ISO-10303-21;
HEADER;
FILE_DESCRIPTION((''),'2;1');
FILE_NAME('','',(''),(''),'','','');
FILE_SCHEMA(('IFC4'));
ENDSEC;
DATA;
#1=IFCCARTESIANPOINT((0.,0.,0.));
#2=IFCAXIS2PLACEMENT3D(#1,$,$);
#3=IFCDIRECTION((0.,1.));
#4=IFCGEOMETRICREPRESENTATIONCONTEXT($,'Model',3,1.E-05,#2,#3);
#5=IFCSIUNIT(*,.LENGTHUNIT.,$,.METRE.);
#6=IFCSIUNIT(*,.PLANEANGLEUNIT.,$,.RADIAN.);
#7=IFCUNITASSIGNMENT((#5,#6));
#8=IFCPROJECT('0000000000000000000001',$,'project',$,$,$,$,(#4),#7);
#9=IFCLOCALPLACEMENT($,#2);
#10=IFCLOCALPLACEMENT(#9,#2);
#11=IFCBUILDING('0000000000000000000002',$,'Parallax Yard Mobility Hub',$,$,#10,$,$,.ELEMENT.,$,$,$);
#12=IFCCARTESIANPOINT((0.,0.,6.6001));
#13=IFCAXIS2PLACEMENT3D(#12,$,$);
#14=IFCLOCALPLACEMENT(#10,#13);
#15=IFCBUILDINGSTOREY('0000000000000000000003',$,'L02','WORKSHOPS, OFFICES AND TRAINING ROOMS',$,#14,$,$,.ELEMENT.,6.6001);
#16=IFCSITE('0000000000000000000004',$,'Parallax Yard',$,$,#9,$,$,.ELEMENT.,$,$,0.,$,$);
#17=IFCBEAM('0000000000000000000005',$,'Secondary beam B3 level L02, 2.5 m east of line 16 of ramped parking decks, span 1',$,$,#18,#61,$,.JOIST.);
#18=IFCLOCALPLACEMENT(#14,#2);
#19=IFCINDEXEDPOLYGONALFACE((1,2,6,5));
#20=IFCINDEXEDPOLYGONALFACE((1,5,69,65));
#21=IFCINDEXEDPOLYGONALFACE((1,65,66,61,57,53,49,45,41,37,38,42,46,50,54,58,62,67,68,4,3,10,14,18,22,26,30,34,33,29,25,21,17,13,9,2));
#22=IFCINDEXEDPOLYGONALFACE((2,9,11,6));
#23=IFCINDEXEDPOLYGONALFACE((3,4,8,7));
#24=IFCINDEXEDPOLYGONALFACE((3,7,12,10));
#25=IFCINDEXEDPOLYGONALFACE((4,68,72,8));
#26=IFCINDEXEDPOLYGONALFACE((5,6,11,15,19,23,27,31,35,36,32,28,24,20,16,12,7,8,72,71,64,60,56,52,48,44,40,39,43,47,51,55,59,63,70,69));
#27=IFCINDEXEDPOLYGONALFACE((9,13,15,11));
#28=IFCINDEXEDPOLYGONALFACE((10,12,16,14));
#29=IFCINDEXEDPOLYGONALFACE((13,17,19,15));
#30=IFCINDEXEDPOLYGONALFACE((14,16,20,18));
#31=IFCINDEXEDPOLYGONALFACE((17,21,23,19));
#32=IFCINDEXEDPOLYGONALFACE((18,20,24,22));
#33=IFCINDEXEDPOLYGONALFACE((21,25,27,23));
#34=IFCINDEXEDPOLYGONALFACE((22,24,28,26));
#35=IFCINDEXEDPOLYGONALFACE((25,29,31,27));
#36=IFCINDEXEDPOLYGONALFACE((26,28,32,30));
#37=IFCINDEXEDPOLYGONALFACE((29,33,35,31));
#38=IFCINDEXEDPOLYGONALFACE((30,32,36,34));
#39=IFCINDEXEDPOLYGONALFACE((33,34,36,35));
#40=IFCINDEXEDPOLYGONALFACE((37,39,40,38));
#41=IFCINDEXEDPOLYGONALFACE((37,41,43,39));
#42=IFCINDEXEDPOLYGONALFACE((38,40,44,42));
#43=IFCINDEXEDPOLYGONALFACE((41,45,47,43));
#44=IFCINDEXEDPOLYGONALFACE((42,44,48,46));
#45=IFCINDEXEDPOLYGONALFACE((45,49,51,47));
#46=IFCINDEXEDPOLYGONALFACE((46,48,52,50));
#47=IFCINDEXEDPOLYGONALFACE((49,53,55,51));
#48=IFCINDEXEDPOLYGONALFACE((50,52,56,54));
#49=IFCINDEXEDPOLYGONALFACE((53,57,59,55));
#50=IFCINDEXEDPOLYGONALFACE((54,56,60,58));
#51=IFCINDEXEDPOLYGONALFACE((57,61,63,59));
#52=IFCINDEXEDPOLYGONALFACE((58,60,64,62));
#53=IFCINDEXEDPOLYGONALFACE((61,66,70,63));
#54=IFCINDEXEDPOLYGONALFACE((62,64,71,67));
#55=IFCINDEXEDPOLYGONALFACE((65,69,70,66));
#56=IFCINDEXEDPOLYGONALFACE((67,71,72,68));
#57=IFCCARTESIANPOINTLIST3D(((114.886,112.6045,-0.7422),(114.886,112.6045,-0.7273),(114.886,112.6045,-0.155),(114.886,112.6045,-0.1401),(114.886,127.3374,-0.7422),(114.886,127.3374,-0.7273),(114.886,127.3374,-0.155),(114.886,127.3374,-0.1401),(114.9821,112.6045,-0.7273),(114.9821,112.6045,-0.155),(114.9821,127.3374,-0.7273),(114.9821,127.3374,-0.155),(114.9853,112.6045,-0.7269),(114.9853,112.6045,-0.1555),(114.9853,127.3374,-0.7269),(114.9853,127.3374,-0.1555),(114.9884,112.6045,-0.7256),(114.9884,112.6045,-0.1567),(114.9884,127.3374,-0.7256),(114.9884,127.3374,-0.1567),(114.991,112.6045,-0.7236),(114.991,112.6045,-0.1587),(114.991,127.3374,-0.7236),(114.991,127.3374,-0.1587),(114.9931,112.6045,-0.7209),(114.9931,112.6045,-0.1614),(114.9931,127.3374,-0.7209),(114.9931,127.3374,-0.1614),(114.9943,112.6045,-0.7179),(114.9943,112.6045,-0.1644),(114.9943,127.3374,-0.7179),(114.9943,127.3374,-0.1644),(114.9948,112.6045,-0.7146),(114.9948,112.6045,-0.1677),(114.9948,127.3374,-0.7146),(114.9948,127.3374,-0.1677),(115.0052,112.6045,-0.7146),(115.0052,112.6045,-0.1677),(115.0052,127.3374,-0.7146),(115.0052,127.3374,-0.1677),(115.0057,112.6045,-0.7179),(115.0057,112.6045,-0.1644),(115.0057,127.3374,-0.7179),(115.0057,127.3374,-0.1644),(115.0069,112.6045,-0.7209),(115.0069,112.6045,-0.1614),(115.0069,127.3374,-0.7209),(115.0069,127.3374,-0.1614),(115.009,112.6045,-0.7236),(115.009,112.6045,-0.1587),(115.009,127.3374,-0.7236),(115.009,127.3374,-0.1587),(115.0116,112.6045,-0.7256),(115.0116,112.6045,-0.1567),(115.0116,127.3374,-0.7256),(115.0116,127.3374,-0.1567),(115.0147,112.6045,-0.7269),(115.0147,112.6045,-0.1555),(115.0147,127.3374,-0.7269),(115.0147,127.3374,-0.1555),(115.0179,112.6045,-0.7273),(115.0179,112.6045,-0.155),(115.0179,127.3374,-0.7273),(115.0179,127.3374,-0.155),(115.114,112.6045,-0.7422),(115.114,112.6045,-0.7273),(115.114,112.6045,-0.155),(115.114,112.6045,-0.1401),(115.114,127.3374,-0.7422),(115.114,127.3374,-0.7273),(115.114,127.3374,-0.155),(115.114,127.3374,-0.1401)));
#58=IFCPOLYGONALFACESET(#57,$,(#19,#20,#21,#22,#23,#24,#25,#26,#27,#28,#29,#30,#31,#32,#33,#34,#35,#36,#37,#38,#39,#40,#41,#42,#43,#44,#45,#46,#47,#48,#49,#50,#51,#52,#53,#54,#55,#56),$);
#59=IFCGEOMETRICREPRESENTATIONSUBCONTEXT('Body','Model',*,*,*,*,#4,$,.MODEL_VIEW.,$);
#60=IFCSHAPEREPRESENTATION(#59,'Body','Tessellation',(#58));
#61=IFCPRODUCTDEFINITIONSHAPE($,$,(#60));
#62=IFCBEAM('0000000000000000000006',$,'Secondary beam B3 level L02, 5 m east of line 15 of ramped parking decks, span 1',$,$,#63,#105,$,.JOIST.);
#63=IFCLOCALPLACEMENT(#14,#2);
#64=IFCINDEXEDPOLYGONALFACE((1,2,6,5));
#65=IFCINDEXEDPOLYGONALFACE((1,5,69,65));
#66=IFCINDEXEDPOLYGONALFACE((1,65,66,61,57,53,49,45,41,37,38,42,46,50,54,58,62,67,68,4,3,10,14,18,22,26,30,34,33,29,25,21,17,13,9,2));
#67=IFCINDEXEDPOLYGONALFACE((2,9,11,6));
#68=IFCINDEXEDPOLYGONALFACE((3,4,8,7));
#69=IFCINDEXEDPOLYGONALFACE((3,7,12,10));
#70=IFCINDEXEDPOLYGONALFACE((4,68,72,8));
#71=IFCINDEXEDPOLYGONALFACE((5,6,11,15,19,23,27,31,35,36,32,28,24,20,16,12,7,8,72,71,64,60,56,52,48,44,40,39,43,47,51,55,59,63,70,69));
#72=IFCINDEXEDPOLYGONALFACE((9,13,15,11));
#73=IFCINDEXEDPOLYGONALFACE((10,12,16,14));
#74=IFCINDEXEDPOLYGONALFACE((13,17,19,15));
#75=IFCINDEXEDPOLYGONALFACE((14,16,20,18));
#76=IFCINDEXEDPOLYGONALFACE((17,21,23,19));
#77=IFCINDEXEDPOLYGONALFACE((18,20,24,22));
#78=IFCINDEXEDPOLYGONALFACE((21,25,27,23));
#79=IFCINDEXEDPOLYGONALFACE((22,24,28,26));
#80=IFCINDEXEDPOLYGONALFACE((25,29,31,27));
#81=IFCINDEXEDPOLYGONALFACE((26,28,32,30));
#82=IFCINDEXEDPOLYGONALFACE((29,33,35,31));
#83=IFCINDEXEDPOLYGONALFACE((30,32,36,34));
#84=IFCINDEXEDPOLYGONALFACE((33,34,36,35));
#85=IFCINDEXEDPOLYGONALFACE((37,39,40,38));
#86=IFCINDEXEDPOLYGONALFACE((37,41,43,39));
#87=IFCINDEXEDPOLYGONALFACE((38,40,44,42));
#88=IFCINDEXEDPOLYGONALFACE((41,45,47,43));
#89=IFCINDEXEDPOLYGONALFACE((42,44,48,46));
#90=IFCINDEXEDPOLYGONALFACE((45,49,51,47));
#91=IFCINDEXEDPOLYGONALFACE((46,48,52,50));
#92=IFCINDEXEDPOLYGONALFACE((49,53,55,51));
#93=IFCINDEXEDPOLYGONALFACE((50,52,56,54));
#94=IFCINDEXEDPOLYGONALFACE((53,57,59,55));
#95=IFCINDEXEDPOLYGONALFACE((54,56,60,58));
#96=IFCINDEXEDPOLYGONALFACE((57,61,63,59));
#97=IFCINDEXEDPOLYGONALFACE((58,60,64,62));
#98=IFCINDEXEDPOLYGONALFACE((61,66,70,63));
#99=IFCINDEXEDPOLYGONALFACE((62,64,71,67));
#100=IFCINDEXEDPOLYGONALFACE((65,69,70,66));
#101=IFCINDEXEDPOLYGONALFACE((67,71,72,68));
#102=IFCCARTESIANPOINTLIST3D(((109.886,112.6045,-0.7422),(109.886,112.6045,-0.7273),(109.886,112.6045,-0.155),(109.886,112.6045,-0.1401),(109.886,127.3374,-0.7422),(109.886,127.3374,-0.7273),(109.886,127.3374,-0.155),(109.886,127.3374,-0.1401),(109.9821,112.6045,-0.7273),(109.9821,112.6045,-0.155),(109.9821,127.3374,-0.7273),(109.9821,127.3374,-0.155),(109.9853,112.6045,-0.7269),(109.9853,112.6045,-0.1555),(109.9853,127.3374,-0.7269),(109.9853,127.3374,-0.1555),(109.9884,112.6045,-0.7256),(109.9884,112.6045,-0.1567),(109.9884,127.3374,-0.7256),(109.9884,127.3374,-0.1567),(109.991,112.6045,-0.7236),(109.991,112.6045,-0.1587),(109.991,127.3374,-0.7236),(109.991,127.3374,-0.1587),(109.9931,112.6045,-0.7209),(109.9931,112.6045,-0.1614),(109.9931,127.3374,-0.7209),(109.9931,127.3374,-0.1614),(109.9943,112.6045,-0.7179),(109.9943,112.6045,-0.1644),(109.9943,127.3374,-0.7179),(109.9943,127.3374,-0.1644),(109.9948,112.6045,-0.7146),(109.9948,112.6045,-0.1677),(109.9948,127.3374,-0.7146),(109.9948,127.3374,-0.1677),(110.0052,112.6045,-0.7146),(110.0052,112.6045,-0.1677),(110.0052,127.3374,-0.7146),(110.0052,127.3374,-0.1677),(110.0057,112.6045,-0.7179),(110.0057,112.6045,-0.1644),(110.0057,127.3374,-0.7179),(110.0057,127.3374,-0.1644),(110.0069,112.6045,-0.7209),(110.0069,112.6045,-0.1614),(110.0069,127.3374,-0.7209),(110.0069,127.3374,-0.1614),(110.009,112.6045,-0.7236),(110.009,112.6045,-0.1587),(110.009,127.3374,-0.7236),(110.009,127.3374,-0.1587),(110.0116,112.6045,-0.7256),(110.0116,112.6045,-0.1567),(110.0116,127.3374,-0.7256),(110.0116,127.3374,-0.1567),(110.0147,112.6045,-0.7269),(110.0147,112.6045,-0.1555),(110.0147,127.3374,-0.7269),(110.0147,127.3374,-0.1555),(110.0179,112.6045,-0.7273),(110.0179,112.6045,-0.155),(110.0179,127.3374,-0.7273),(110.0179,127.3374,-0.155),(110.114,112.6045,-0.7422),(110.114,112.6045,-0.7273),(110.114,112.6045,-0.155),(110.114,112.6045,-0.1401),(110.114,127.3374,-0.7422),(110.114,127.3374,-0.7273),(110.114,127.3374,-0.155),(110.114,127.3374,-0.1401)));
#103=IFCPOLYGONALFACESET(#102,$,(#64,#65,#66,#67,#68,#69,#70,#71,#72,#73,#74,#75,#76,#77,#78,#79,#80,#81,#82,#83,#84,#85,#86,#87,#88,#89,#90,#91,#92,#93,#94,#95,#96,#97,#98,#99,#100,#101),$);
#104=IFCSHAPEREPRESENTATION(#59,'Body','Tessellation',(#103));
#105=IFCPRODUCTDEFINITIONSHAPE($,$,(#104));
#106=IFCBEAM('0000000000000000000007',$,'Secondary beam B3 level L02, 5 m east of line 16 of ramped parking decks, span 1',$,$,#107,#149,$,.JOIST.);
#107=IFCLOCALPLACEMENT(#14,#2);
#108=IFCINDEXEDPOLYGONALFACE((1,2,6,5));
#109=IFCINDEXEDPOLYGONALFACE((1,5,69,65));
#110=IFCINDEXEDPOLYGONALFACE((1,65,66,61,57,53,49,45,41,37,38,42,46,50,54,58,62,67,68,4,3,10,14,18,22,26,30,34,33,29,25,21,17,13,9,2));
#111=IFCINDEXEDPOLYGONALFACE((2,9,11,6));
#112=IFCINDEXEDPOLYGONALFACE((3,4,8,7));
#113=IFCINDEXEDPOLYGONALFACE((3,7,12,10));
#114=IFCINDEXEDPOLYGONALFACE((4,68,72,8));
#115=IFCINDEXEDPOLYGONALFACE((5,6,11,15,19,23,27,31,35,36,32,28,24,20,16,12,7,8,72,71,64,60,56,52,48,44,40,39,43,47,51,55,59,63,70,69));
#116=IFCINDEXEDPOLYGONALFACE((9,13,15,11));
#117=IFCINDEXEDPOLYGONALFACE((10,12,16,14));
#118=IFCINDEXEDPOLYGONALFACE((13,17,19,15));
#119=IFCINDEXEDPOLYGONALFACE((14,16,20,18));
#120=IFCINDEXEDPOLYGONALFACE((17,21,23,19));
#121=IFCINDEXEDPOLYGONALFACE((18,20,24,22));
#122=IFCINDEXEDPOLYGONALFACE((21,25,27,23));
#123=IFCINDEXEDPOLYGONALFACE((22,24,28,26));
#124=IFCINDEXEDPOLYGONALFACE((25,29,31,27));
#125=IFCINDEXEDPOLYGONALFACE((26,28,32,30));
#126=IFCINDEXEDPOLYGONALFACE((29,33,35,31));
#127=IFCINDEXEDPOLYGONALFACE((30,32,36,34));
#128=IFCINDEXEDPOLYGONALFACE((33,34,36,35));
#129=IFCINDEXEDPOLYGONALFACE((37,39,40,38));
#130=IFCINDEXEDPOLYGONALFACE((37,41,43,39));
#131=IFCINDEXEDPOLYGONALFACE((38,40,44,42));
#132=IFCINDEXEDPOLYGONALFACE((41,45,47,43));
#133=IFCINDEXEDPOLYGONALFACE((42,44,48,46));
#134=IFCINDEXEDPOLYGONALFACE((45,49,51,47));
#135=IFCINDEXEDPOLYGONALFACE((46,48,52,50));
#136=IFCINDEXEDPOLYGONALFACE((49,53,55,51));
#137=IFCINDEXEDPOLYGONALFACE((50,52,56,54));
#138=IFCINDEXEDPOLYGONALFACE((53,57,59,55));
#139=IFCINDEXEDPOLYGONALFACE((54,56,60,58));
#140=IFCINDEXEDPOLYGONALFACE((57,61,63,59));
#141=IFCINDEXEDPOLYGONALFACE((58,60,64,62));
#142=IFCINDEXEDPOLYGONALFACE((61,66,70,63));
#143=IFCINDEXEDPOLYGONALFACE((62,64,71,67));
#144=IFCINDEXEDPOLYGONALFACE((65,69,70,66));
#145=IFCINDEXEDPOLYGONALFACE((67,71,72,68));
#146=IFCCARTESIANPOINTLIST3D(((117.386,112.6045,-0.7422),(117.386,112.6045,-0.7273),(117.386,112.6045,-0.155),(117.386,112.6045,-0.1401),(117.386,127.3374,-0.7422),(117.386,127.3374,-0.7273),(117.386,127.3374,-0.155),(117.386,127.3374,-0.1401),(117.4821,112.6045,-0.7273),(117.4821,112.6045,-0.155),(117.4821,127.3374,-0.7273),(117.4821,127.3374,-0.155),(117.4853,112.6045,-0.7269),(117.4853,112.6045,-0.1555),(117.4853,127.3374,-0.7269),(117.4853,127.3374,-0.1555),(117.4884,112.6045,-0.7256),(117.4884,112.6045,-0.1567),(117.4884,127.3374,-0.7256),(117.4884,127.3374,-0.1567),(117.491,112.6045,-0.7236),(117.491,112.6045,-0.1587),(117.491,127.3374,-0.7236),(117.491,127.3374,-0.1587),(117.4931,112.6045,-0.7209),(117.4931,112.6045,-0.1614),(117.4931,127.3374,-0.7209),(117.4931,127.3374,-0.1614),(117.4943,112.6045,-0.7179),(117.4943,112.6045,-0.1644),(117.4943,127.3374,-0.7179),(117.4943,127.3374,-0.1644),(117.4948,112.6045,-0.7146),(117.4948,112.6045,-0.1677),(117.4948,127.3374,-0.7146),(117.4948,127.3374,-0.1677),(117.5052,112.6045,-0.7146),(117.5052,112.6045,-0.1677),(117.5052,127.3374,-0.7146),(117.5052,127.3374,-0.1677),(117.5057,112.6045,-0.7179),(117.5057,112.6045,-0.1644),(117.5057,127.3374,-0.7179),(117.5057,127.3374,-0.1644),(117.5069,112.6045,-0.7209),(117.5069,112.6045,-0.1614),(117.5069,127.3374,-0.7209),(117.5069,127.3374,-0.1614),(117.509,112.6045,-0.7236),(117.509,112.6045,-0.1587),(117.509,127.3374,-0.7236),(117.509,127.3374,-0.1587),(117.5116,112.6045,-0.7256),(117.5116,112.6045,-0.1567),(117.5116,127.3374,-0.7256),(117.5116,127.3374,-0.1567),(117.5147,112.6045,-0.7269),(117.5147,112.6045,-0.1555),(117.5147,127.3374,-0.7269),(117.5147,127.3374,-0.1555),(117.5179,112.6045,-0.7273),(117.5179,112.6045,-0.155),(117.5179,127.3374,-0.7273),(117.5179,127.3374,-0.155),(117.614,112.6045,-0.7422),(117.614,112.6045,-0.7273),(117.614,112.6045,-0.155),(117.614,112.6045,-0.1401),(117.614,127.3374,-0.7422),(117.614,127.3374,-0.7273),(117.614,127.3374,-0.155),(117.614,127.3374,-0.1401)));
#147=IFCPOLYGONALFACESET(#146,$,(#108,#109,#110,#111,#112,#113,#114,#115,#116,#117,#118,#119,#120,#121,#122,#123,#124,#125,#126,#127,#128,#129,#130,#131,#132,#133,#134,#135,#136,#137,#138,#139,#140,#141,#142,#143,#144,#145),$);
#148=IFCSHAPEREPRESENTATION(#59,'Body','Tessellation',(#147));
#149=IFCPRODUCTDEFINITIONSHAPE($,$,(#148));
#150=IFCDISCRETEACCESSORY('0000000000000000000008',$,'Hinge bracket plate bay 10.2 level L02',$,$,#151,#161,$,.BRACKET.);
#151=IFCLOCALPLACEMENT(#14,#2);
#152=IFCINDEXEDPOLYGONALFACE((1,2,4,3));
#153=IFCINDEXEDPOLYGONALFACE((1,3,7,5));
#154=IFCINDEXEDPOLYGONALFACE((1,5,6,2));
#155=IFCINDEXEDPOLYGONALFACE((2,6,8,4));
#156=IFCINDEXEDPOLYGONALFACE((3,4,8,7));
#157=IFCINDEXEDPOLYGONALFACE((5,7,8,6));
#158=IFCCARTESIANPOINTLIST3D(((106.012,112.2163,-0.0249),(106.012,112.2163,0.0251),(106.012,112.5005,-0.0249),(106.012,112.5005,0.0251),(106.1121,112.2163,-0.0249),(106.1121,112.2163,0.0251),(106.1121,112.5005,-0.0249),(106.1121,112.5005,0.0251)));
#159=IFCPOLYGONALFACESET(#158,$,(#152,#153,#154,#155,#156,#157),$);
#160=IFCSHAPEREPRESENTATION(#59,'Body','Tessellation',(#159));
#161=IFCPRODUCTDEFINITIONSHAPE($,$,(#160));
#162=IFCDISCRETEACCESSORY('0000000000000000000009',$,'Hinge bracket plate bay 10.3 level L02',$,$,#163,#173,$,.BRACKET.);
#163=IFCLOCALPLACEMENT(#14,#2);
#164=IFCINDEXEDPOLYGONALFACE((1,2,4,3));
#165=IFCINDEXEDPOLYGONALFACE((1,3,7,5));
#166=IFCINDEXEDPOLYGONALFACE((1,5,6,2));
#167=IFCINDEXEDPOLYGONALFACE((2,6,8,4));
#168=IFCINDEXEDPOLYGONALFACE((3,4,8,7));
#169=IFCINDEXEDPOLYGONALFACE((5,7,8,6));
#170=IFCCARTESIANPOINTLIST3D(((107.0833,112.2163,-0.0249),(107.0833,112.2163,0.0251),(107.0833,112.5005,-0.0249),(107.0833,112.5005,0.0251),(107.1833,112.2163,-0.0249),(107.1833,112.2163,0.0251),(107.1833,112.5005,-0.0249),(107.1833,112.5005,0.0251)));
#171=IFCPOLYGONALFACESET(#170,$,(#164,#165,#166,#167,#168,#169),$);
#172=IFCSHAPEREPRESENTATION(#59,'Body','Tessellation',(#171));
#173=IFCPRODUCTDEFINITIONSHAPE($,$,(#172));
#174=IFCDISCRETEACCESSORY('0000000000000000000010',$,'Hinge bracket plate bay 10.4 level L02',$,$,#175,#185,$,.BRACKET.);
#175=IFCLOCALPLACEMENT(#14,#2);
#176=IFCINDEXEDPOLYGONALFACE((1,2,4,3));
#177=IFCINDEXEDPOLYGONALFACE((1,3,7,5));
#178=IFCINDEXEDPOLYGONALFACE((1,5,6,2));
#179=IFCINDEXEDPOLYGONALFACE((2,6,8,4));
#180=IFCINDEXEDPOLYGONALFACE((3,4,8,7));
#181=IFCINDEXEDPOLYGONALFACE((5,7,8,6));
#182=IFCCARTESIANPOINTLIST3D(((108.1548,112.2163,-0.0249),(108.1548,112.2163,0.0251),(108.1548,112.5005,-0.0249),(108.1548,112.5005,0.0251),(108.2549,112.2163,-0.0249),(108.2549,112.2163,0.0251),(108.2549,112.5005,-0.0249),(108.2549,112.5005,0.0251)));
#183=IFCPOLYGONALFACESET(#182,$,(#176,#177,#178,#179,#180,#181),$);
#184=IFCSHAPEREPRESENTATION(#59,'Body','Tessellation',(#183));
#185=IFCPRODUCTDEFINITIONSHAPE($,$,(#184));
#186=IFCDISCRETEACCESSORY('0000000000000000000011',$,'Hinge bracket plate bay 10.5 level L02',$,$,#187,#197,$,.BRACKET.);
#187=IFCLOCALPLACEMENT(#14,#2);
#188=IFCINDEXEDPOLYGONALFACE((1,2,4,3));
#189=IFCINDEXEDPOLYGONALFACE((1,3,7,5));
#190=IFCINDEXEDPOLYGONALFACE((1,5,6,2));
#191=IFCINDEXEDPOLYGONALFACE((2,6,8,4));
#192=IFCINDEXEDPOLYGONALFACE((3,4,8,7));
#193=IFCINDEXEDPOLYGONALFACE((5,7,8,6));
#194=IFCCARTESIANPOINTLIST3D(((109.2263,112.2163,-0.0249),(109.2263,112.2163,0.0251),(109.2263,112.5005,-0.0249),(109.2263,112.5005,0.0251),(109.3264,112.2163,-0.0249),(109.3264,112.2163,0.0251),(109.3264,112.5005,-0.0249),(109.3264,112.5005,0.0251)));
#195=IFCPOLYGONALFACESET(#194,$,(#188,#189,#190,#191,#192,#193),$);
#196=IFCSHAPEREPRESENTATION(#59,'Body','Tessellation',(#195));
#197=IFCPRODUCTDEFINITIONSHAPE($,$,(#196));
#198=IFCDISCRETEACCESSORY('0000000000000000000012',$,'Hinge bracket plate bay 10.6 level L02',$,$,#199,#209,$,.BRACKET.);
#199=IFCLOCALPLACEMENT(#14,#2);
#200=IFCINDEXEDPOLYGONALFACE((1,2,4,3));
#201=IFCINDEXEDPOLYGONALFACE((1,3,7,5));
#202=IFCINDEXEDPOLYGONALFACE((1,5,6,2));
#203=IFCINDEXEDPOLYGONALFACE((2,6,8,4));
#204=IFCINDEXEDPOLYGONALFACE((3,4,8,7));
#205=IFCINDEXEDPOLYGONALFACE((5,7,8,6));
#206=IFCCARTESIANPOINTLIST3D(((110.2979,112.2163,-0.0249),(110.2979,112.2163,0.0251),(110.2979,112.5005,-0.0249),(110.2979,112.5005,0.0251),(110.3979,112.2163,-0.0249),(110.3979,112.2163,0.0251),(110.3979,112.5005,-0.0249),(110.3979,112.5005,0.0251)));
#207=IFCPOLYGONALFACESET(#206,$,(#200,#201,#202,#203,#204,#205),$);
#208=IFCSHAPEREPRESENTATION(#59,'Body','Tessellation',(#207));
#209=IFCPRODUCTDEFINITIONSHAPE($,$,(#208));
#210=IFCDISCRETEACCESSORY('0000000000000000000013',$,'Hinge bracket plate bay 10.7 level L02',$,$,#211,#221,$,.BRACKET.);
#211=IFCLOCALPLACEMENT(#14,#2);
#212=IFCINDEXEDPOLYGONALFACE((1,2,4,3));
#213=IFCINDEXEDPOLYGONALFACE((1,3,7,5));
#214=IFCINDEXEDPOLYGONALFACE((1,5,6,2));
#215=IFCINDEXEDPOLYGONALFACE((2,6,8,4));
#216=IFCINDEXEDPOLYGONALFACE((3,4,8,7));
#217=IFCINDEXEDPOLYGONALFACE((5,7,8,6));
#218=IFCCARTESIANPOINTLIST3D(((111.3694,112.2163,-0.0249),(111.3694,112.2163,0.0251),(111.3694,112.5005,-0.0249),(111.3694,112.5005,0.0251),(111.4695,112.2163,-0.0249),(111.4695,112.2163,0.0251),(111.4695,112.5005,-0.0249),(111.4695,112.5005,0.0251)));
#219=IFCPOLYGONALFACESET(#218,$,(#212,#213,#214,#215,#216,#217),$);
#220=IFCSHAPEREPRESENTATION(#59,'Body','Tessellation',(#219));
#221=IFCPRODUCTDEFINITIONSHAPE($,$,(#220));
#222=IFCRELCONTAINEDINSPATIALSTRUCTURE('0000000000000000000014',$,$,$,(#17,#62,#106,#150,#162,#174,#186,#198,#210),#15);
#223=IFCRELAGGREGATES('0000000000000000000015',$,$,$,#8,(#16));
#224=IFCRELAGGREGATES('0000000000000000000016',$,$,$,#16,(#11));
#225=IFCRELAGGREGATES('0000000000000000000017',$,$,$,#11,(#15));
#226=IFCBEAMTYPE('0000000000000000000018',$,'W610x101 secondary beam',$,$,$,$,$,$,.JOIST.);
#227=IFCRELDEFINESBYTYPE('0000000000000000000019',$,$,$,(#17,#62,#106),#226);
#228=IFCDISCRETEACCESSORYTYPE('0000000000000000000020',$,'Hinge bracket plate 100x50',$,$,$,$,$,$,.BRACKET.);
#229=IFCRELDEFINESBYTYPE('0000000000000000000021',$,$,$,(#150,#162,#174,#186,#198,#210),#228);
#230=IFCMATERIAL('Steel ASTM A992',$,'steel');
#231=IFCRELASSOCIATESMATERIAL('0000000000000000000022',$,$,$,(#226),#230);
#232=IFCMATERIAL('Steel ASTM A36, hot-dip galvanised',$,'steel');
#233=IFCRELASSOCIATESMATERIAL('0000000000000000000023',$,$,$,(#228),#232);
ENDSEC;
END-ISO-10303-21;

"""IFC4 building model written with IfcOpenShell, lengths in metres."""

from ifc_helpers import new_model, si_unit, direction, frame, origin, origin_2d, place, context, subcontext, project, spatial, rectangle, i_section, extrude, material, material_profile, profile_set, type_object, element, save


model = new_model("IFC4")

# Units and contexts
model_context = context("Model", 3, precision=1e-05, world=origin(), true_north=direction((0.0, 1.0)))
body_context = subcontext(model_context, "Body", "Model", "MODEL_VIEW")
ifc_project = project(units=[si_unit("LENGTHUNIT", "METRE"), si_unit("PLANEANGLEUNIT", "RADIAN")], contexts=[model_context])

# Site, building, storey
site_placement = place(None, origin())
site = spatial("IfcSite", under=ifc_project, at=site_placement, Name="Parallax Yard", CompositionType="ELEMENT", RefElevation=0.0)
building_placement = place(site_placement, origin())
building = spatial("IfcBuilding", under=site, at=building_placement, Name="Parallax Yard Mobility Hub", CompositionType="ELEMENT")
storey_placement = place(building_placement, frame((0.0, 0.0, 6.6001)))
storey = spatial("IfcBuildingStorey", under=building, at=storey_placement, Name="L02", Description="WORKSHOPS, OFFICES AND TRAINING ROOMS", CompositionType="ELEMENT", Elevation=6.6001)

# Shared definitions
ifc_material_1 = material(Name="Steel ASTM A992", Category="steel")

# Beams
ifc_material_profile_1 = material_profile(ifc_material_1, i_section(OverallWidth=0.228, OverallDepth=0.6021, WebThickness=0.0105, FlangeThickness=0.0149, FilletRadius=0.0127, at=origin_2d()), Name="W610x101")
ifc_profile_set_1 = profile_set([ifc_material_profile_1], Name="Steel ASTM A992")
beam_type_1 = type_object("IfcBeamType", Name="W610x101 secondary beam", PredefinedType="JOIST", material=ifc_profile_set_1)
for number, where, z_axis, x_axis, name in (
    (1, (115.0, 112.6045, -0.4412), (0.0, 1.0, 0.0), (-1.0, 0.0, 0.0), "Secondary beam B3 level L02, 2.5 m east of line 16 of ramped parking decks, span 1"),
    (2, (110.0, 112.6045, -0.4412), (0.0, 1.0, 0.0), (-1.0, 0.0, 0.0), "Secondary beam B3 level L02, 5 m east of line 15 of ramped parking decks, span 1"),
    (3, (117.5, 112.6045, -0.4412), (0.0, 1.0, 0.0), (-1.0, 0.0, 0.0), "Secondary beam B3 level L02, 5 m east of line 16 of ramped parking decks, span 1"),
):
    element("IfcBeam", number, at=place(storey_placement, frame(where, z_axis=z_axis, x_axis=x_axis)), inside=storey, type_object=beam_type_1, Name=name, PredefinedType="JOIST", context=body_context, shape_type="SweptSolid", body=[
        extrude(i_section(OverallWidth=0.228, OverallDepth=0.6021, WebThickness=0.0105, FlangeThickness=0.0149, FilletRadius=0.0127, at=origin_2d()), origin(), (0.0, 0.0, 1.0), 14.7329),
    ])

# Discrete accessories
ifc_material_2 = material(Name="Steel ASTM A36, hot-dip galvanised", Category="steel")
discrete_accessory_type_1 = type_object("IfcDiscreteAccessoryType", Name="Hinge bracket plate 100x50", PredefinedType="BRACKET", material=ifc_material_2)
for number, where, z_axis, x_axis, name in (
    (4, (106.062, 112.3584, -0.0249), (0.0, 0.0, 1.0), (0.0, -1.0, 0.0), "Hinge bracket plate bay 10.2 level L02"),
    (5, (107.1333, 112.3584, -0.0249), (0.0, 0.0, 1.0), (0.0, -1.0, 0.0), "Hinge bracket plate bay 10.3 level L02"),
    (6, (108.2048, 112.3584, -0.0249), (0.0, 0.0, 1.0), (0.0, -1.0, 0.0), "Hinge bracket plate bay 10.4 level L02"),
    (7, (109.2764, 112.3584, -0.0249), (0.0, 0.0, 1.0), (0.0, -1.0, 0.0), "Hinge bracket plate bay 10.5 level L02"),
    (8, (110.3479, 112.3584, -0.0249), (0.0, 0.0, 1.0), (0.0, -1.0, 0.0), "Hinge bracket plate bay 10.6 level L02"),
    (9, (111.4194, 112.3584, -0.0249), (0.0, 0.0, 1.0), (0.0, -1.0, 0.0), "Hinge bracket plate bay 10.7 level L02"),
):
    element("IfcDiscreteAccessory", number, at=place(storey_placement, frame(where, z_axis=z_axis, x_axis=x_axis)), inside=storey, type_object=discrete_accessory_type_1, Name=name, PredefinedType="BRACKET", context=body_context, shape_type="SweptSolid", body=[
        extrude(rectangle(XDim=0.2842, YDim=0.1001, at=origin_2d()), origin(), (0.0, 0.0, 1.0), 0.05),
    ])

save(model, "model.ifc")
